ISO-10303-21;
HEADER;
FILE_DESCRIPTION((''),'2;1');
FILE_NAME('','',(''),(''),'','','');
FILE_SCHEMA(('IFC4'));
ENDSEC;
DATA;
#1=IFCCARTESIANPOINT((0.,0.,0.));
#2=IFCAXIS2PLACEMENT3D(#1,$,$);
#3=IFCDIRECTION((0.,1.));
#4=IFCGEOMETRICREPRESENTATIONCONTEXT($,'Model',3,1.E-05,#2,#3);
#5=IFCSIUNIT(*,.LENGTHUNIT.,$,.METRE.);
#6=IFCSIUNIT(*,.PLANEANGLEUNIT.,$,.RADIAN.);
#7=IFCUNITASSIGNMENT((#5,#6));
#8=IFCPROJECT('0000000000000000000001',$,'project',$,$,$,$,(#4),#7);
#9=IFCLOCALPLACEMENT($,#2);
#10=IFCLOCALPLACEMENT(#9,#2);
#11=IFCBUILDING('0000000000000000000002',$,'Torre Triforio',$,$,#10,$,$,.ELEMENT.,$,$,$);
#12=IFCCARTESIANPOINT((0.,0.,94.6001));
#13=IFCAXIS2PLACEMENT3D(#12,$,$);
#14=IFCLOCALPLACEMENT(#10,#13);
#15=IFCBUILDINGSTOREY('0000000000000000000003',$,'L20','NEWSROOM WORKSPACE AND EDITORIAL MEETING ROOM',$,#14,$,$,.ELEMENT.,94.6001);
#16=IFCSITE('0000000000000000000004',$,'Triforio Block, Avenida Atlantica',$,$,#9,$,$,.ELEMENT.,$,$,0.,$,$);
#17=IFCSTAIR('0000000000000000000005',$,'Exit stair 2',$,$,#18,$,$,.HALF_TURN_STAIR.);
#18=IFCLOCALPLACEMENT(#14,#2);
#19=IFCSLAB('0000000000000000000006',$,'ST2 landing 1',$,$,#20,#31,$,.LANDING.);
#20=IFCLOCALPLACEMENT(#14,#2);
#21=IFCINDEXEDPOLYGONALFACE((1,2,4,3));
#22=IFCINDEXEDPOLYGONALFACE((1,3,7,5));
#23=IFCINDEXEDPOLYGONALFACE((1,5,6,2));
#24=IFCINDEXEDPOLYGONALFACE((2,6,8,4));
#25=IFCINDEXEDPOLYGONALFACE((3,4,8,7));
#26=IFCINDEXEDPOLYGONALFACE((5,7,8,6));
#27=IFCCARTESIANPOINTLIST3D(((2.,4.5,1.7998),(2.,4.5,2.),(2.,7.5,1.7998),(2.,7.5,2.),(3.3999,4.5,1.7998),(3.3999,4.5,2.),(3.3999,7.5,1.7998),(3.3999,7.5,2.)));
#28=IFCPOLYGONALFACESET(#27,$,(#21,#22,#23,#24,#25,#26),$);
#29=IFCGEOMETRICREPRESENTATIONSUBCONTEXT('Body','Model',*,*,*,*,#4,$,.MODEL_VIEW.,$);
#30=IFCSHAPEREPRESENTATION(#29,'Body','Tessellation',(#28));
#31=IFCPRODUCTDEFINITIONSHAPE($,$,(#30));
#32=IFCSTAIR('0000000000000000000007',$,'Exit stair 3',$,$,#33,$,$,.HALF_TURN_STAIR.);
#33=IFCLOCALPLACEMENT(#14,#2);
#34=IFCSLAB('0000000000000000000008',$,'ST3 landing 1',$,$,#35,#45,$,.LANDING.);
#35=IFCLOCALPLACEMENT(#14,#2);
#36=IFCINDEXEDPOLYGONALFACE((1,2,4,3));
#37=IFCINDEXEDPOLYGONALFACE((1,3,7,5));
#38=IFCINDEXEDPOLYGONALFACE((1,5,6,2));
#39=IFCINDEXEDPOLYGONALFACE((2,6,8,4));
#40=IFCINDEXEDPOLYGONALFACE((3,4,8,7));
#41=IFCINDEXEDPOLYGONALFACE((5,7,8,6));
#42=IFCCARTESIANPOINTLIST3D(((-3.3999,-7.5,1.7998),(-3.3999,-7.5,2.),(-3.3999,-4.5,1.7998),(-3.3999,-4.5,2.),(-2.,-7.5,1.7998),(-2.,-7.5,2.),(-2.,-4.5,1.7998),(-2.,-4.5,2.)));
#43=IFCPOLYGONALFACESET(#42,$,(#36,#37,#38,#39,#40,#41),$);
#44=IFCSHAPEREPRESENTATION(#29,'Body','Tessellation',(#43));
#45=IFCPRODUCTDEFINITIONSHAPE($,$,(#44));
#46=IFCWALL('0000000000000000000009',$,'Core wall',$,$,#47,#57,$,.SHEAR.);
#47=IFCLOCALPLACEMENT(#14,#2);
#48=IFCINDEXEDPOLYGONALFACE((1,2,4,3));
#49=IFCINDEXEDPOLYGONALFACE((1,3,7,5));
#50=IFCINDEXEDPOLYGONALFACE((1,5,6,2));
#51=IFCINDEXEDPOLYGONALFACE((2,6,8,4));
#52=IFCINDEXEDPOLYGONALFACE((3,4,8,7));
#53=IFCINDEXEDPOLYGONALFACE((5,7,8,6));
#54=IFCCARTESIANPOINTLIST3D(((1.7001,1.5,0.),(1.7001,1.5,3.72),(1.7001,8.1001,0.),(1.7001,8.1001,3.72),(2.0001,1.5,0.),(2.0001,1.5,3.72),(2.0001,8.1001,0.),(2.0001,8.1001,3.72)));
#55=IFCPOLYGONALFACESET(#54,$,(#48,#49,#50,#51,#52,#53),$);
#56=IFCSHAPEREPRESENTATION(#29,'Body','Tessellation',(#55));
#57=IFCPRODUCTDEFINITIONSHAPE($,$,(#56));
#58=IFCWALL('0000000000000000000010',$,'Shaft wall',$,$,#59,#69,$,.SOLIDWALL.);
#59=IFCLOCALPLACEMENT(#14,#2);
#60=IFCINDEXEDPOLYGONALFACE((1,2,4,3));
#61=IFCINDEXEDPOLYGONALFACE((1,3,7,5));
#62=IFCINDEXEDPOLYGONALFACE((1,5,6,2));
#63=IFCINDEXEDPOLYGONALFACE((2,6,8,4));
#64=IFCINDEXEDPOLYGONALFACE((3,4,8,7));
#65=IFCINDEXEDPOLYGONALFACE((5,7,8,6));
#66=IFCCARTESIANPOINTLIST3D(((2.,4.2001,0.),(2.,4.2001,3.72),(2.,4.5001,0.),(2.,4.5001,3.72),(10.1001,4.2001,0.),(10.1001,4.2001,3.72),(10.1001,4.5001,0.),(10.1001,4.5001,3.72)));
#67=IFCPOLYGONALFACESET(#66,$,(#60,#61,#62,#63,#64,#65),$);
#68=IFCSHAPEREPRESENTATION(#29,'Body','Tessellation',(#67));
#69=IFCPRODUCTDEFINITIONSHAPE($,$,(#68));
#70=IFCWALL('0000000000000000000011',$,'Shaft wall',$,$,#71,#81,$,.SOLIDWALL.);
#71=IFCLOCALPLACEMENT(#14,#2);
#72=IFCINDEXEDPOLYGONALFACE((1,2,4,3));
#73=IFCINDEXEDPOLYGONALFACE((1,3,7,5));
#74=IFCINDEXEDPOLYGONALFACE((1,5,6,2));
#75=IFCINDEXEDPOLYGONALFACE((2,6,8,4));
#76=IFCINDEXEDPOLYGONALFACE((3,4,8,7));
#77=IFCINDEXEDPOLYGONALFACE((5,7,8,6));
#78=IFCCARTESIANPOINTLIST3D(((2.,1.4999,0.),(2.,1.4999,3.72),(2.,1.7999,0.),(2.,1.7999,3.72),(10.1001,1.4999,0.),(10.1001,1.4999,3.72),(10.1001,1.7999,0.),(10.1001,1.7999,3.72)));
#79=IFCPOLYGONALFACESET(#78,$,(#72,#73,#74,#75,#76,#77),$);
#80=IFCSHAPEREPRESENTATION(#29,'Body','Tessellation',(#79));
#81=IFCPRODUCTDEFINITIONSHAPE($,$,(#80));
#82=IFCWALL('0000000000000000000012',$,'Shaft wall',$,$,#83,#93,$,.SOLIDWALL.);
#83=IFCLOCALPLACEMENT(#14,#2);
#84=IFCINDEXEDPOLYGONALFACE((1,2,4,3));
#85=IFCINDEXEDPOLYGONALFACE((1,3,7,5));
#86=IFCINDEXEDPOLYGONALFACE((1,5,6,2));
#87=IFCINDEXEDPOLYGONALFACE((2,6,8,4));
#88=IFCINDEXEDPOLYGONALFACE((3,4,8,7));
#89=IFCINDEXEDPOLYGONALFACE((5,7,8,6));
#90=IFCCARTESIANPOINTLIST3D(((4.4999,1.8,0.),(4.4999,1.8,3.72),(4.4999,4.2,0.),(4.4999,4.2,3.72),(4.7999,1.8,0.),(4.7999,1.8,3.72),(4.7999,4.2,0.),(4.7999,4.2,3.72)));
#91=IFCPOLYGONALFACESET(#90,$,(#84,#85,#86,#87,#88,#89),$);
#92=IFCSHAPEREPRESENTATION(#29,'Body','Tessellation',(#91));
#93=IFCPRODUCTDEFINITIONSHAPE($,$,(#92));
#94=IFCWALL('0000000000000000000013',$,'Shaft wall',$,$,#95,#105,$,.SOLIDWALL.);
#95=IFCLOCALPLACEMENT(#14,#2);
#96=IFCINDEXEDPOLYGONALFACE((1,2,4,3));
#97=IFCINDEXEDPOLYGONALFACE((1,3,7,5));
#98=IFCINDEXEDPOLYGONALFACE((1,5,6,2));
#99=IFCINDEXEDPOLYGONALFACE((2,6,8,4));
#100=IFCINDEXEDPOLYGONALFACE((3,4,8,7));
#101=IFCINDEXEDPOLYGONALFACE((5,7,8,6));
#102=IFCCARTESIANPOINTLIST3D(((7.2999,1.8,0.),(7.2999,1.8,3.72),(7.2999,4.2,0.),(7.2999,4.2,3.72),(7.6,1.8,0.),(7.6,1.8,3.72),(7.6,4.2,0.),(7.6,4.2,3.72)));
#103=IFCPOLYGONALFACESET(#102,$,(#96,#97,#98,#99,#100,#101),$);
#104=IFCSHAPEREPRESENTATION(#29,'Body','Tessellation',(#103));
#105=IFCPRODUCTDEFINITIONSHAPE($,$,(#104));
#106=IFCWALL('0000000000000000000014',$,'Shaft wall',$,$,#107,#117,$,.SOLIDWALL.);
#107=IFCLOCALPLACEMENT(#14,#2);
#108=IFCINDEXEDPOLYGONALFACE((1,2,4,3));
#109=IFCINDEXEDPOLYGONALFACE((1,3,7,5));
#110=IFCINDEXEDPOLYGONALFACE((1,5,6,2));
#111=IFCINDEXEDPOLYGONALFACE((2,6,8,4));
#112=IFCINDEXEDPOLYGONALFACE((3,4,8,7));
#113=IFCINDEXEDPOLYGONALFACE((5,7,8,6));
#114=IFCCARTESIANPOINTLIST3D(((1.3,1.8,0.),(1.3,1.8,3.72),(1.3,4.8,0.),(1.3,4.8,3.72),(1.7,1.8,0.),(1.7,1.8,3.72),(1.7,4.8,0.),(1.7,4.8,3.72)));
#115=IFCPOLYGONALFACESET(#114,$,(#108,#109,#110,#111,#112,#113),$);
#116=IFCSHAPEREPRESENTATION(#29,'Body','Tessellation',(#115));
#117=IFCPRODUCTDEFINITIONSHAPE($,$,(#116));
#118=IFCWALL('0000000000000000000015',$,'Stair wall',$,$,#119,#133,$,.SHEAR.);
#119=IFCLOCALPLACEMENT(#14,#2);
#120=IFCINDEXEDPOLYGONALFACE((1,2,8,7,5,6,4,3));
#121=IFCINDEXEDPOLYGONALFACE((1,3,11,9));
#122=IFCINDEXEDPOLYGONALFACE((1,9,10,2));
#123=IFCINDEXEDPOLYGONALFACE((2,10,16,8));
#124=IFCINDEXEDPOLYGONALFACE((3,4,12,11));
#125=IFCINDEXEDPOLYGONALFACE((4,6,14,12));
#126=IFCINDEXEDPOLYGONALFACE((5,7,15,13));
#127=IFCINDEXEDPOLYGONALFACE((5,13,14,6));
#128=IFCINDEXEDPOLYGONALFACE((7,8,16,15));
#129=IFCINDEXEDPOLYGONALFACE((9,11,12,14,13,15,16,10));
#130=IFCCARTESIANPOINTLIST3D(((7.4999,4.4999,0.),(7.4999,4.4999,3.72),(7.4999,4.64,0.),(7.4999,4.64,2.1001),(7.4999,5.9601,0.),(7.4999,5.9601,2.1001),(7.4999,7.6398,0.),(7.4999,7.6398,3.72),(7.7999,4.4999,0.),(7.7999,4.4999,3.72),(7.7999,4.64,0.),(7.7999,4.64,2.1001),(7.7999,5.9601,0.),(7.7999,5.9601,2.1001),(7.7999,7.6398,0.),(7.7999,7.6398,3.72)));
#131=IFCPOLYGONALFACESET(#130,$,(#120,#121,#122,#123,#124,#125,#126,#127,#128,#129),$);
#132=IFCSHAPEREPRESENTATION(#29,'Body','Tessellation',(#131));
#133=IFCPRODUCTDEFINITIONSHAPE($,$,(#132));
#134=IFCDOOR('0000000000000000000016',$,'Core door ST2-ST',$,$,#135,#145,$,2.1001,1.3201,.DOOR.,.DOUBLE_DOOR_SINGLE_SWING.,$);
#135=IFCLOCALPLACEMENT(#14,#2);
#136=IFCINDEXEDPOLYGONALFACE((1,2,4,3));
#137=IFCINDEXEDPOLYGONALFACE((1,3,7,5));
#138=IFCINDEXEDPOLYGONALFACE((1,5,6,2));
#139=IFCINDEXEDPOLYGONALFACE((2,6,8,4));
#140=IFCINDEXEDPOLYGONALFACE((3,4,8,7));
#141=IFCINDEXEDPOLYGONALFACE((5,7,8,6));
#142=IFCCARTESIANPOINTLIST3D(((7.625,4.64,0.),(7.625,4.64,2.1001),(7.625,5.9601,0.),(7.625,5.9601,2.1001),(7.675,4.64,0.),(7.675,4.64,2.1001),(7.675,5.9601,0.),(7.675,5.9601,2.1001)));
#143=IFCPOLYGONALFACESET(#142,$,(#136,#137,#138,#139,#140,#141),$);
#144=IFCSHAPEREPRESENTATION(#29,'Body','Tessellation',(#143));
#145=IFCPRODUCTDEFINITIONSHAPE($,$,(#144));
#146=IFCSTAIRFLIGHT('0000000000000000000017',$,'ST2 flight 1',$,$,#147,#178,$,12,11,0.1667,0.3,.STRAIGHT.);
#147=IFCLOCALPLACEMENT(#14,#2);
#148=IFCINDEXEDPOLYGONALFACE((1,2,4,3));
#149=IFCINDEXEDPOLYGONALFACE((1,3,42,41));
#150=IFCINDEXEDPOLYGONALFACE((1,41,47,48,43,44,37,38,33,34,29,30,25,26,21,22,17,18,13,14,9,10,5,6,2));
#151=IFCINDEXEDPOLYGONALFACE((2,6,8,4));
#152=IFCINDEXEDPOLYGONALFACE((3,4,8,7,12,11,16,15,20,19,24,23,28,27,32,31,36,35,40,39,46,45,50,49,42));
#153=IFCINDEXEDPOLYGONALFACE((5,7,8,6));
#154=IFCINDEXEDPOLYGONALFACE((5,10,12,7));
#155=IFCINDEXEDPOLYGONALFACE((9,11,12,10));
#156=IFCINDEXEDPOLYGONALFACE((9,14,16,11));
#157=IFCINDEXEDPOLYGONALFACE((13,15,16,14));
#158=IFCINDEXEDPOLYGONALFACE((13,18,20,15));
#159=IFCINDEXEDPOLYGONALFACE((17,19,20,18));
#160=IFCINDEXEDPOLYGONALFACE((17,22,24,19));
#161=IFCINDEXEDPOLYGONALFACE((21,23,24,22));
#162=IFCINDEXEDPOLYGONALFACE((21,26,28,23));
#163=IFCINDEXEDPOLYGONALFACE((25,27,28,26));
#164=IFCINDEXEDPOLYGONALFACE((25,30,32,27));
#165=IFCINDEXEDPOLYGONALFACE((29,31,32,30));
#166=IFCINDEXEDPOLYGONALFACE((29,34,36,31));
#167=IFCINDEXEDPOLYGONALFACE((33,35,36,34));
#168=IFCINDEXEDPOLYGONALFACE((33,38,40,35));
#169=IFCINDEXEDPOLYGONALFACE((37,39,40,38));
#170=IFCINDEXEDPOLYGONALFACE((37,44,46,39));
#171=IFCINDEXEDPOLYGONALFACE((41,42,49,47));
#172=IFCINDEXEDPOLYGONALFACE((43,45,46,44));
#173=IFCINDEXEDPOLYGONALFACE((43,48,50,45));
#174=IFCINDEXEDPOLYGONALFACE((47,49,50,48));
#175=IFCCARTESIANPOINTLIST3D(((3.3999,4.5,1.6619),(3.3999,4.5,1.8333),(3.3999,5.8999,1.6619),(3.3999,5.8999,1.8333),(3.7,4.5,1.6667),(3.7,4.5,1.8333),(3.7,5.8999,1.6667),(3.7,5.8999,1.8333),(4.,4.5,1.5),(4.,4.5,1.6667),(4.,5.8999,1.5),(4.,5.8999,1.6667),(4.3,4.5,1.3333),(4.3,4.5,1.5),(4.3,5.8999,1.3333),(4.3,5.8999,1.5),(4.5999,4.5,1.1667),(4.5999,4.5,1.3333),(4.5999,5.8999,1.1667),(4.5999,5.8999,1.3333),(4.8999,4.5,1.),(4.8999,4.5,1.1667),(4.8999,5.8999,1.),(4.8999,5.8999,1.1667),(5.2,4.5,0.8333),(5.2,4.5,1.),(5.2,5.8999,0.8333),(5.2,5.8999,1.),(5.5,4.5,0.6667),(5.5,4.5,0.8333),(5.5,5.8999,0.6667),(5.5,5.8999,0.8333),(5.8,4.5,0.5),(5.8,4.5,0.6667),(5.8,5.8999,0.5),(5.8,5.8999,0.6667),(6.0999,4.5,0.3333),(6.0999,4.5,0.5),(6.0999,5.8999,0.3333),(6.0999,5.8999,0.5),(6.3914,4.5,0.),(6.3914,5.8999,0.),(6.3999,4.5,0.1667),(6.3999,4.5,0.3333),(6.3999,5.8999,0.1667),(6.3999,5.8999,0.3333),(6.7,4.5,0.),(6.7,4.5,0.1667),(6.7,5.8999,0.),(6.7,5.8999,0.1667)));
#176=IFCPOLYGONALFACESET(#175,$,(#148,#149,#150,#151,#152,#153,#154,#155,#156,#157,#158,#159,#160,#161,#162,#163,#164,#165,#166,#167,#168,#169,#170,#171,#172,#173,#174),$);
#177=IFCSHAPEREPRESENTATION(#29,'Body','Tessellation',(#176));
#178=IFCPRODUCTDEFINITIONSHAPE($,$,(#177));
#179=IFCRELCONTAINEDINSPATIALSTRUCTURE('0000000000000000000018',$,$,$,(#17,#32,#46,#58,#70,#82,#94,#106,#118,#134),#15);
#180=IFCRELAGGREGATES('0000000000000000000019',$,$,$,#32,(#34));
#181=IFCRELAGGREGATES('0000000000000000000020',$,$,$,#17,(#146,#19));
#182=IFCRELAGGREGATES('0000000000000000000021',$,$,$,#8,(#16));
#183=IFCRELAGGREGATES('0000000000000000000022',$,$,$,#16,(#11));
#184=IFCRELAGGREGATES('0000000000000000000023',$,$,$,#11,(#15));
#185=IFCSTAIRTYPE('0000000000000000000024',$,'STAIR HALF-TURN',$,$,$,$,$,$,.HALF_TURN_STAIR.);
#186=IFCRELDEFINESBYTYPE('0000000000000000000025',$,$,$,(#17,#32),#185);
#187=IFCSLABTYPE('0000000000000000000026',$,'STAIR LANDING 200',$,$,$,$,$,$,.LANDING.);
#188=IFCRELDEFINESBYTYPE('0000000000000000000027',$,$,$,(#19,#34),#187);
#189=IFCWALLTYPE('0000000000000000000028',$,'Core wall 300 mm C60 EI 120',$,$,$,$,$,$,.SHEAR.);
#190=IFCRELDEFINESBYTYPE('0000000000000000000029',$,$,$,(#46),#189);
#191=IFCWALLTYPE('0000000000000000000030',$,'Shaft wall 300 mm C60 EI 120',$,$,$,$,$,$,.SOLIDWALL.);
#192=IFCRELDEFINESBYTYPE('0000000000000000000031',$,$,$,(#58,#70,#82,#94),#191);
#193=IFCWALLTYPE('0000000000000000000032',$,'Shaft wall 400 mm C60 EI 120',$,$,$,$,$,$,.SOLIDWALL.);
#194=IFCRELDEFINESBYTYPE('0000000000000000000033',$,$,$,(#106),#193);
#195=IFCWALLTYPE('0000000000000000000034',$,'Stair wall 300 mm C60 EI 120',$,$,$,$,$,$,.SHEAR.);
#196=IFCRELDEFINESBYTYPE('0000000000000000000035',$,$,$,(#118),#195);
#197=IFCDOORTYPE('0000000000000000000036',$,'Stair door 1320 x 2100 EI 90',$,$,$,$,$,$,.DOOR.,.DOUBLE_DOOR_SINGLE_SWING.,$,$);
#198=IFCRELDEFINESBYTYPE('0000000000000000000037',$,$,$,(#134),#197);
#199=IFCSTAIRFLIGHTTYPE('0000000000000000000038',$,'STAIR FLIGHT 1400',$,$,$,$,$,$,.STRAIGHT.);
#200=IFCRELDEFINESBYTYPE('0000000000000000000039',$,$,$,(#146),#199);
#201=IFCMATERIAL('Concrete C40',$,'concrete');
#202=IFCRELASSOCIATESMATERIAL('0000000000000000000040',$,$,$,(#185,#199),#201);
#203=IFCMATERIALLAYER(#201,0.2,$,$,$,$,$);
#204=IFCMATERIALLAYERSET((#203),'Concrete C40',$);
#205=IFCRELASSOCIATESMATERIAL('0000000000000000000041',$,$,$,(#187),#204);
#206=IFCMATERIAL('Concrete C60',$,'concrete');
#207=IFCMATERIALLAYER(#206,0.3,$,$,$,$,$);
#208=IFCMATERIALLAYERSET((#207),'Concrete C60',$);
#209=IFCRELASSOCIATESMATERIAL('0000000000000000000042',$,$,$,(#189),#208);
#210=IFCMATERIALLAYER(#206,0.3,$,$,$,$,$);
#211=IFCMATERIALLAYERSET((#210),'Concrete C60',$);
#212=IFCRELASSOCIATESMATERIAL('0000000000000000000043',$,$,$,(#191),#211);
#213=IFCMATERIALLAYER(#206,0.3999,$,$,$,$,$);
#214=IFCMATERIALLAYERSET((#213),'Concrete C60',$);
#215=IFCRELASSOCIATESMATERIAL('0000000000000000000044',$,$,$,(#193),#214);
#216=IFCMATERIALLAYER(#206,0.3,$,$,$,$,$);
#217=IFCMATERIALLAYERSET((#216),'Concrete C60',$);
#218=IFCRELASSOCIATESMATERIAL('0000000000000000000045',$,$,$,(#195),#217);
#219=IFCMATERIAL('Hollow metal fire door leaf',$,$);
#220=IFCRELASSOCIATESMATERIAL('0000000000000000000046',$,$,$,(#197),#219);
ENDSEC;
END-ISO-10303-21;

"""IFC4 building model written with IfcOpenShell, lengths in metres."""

from ifc_helpers import new_model, si_unit, direction, frame, frame_2d, origin, place, context, subcontext, project, spatial, polyline, rectangle, outline, extrude, material, layer, layer_set, type_object, element, fill, aggregate, save


model = new_model("IFC4")

# Units and contexts
model_context = context("Model", 3, precision=1e-05, world=origin(), true_north=direction((0.0, 1.0)))
body_context = subcontext(model_context, "Body", "Model", "MODEL_VIEW")
ifc_project = project(units=[si_unit("LENGTHUNIT", "METRE"), si_unit("PLANEANGLEUNIT", "RADIAN")], contexts=[model_context])

# Site, building, storey
site_placement = place(None, origin())
site = spatial("IfcSite", under=ifc_project, at=site_placement, Name="Triforio Block, Avenida Atlantica", CompositionType="ELEMENT", RefElevation=0.0)
building_placement = place(site_placement, origin())
building = spatial("IfcBuilding", under=site, at=building_placement, Name="Torre Triforio", CompositionType="ELEMENT")
storey_placement = place(building_placement, frame((0.0, 0.0, 94.6001)))
storey = spatial("IfcBuildingStorey", under=building, at=storey_placement, Name="L20", Description="NEWSROOM WORKSPACE AND EDITORIAL MEETING ROOM", CompositionType="ELEMENT", Elevation=94.6001)

# Stairs, slabs
ifc_material_1 = material(Name="Concrete C40", Category="concrete")
stair_type = type_object("IfcStairType", Name="STAIR HALF-TURN", PredefinedType="HALF_TURN_STAIR", material=ifc_material_1)
stair_1_placement = place(storey_placement, origin())
stair_1 = element("IfcStair", 1, at=stair_1_placement, inside=storey, type_object=stair_type, Name="Exit stair 2", PredefinedType="HALF_TURN_STAIR")
ifc_layer_1 = layer(ifc_material_1, 0.2)
ifc_layer_set_1 = layer_set([ifc_layer_1], Name="Concrete C40")
slab_type = type_object("IfcSlabType", Name="STAIR LANDING 200", PredefinedType="LANDING", material=ifc_layer_set_1)
slab_1_placement = place(storey_placement, frame((0.0, 0.0, 1.7998)))
slab_1 = element("IfcSlab", 2, at=slab_1_placement, type_object=slab_type, Name="ST2 landing 1", PredefinedType="LANDING", context=body_context, shape_type="SweptSolid", body=[
    extrude(outline(polyline([(3.3999, 4.5), (3.3999, 7.5), (2.0, 7.5), (2.0, 4.5), (3.3999, 4.5)])), origin(), (0.0, 0.0, 1.0), 0.2002),
])
stair_2_placement = place(storey_placement, origin())
stair_2 = element("IfcStair", 3, at=stair_2_placement, inside=storey, type_object=stair_type, Name="Exit stair 3", PredefinedType="HALF_TURN_STAIR")
slab_2_placement = place(storey_placement, frame((0.0, 0.0, 1.7998)))
slab_2 = element("IfcSlab", 4, at=slab_2_placement, type_object=slab_type, Name="ST3 landing 1", PredefinedType="LANDING", context=body_context, shape_type="SweptSolid", body=[
    extrude(outline(polyline([(-2.0, -7.5), (-2.0, -4.5), (-3.3999, -4.5), (-3.3999, -7.5), (-2.0, -7.5)])), origin(), (0.0, 0.0, 1.0), 0.2002),
])
aggregate(stair_2, [slab_2])

# Walls
ifc_material_2 = material(Name="Concrete C60", Category="concrete")
ifc_layer_2 = layer(ifc_material_2, 0.3)
ifc_layer_set_2 = layer_set([ifc_layer_2], Name="Concrete C60")
wall_type_1 = type_object("IfcWallType", Name="Core wall 300 mm C60 EI 120", PredefinedType="SHEAR", material=ifc_layer_set_2)
wall_1_placement = place(storey_placement, frame((1.8501, 1.5, 0.0), z_axis=(0.0, 0.0, 1.0), x_axis=(0.0, 1.0, 0.0)))
element("IfcWall", 5, at=wall_1_placement, inside=storey, type_object=wall_type_1, Name="Core wall", PredefinedType="SHEAR", context=body_context, shape_type="SweptSolid", body=[
    extrude(rectangle(XDim=6.6001, YDim=0.3, at=frame_2d((3.3, 0.0))), origin(), (0.0, 0.0, 1.0), 3.72),
])
ifc_layer_3 = layer(ifc_material_2, 0.3)
ifc_layer_set_3 = layer_set([ifc_layer_3], Name="Concrete C60")
wall_type_2 = type_object("IfcWallType", Name="Shaft wall 300 mm C60 EI 120", PredefinedType="SOLIDWALL", material=ifc_layer_set_3)
for number, where, z_axis, x_axis, name in (
    (6, (2.0, 4.3501, 0.0), (0.0, 0.0, 1.0), (1.0, 0.0, 0.0), "Shaft wall"),
    (7, (2.0, 1.6499, 0.0), (0.0, 0.0, 1.0), (1.0, 0.0, 0.0), "Shaft wall"),
):
    element("IfcWall", number, at=place(storey_placement, frame(where, z_axis=z_axis, x_axis=x_axis)), inside=storey, type_object=wall_type_2, Name=name, PredefinedType="SOLIDWALL", context=body_context, shape_type="SweptSolid", body=[
        extrude(rectangle(XDim=8.1001, YDim=0.3, at=frame_2d((4.05, 0.0))), origin(), (0.0, 0.0, 1.0), 3.72),
    ])
for number, where, z_axis, x_axis, name in (
    (8, (4.6499, 1.8, 0.0), (0.0, 0.0, 1.0), (0.0, 1.0, 0.0), "Shaft wall"),
    (9, (7.45, 1.8, 0.0), (0.0, 0.0, 1.0), (0.0, 1.0, 0.0), "Shaft wall"),
):
    element("IfcWall", number, at=place(storey_placement, frame(where, z_axis=z_axis, x_axis=x_axis)), inside=storey, type_object=wall_type_2, Name=name, PredefinedType="SOLIDWALL", context=body_context, shape_type="SweptSolid", body=[
        extrude(rectangle(XDim=2.3999, YDim=0.3, at=frame_2d((1.2, 0.0))), origin(), (0.0, 0.0, 1.0), 3.72),
    ])
ifc_layer_4 = layer(ifc_material_2, 0.3999)
ifc_layer_set_4 = layer_set([ifc_layer_4], Name="Concrete C60")
wall_type_3 = type_object("IfcWallType", Name="Shaft wall 400 mm C60 EI 120", PredefinedType="SOLIDWALL", material=ifc_layer_set_4)
wall_2_placement = place(storey_placement, frame((1.5, 1.8, 0.0), z_axis=(0.0, 0.0, 1.0), x_axis=(0.0, 1.0, 0.0)))
element("IfcWall", 10, at=wall_2_placement, inside=storey, type_object=wall_type_3, Name="Shaft wall", PredefinedType="SOLIDWALL", context=body_context, shape_type="SweptSolid", body=[
    extrude(rectangle(XDim=3.0, YDim=0.3999, at=frame_2d((1.5, 0.0))), origin(), (0.0, 0.0, 1.0), 3.72),
])

# Wall, opening, door
ifc_layer_5 = layer(ifc_material_2, 0.3)
ifc_layer_set_5 = layer_set([ifc_layer_5], Name="Concrete C60")
wall_type_4 = type_object("IfcWallType", Name="Stair wall 300 mm C60 EI 120", PredefinedType="SHEAR", material=ifc_layer_set_5)
wall_3_placement = place(storey_placement, frame((7.6499, 4.5, 0.0), z_axis=(0.0, 0.0, 1.0), x_axis=(0.0, 1.0, 0.0)))
wall_3 = element("IfcWall", 11, at=wall_3_placement, inside=storey, type_object=wall_type_4, Name="Stair wall", PredefinedType="SHEAR", context=body_context, shape_type="SweptSolid", body=[
    extrude(rectangle(XDim=3.1399, YDim=0.3, at=frame_2d((1.5698, 0.0))), origin(), (0.0, 0.0, 1.0), 3.72),
])
opening_placement = place(wall_3_placement, frame((0.1399, 0.0, 0.0)))
opening = element("IfcOpeningElement", 12, at=opening_placement, cuts=wall_3, PredefinedType="OPENING", context=body_context, shape_type="SweptSolid", body=[
    extrude(rectangle(XDim=1.3201, YDim=2.1001, at=frame_2d((0.6602, 1.05))), frame((0.0, 0.1599, 0.0), z_axis=(0.0, -1.0, 0.0), x_axis=(1.0, 0.0, 0.0)), (0.0, 0.0, 1.0), 0.3201),
])
ifc_material_3 = material(Name="Hollow metal fire door leaf")
door_type = type_object("IfcDoorType", Name="Stair door 1320 x 2100 EI 90", OperationType="DOUBLE_DOOR_SINGLE_SWING", PredefinedType="DOOR", material=ifc_material_3)
door_placement = place(opening_placement, origin())
door = element("IfcDoor", 13, at=door_placement, inside=storey, type_object=door_type, Name="Core door ST2-ST", OperationType="DOUBLE_DOOR_SINGLE_SWING", OverallHeight=2.1001, OverallWidth=1.3201, PredefinedType="DOOR", context=body_context, shape_type="SweptSolid", body=[
    extrude(rectangle(XDim=1.3201, YDim=2.1001, at=frame_2d((0.6602, 1.05))), frame((0.0, 0.0249, 0.0), z_axis=(0.0, -1.0, 0.0), x_axis=(1.0, 0.0, 0.0)), (0.0, 0.0, 1.0), 0.05),
])
fill(opening, door)

# Stair flight
stair_flight_type = type_object("IfcStairFlightType", Name="STAIR FLIGHT 1400", PredefinedType="STRAIGHT", material=ifc_material_1)
stair_flight_1_placement = place(storey_placement, frame((6.7, 5.2, 0.0), z_axis=(0.0, 0.0, 1.0), x_axis=(-1.0, 0.0, 0.0)))
stair_flight_1 = element("IfcStairFlight", 14, at=stair_flight_1_placement, type_object=stair_flight_type, Name="ST2 flight 1", NumberOfRisers=12, NumberOfTreads=11, PredefinedType="STRAIGHT", RiserHeight=0.1667, TreadLength=0.3, context=body_context, shape_type="SweptSolid", body=[
    extrude(outline(polyline([(0.0, 0.0), (0.0, 0.1667), (0.3, 0.1667), (0.3, 0.3333), (0.6001, 0.3333), (0.6001, 0.5), (0.8999, 0.5), (0.8999, 0.6667), (1.2, 0.6667), (1.2, 0.8333), (1.5, 0.8333), (1.5, 1.0), (1.8, 1.0), (1.8, 1.1667), (2.1001, 1.1667), (2.1001, 1.3333), (2.3999, 1.3333), (2.3999, 1.5), (2.7, 1.5), (2.7, 1.6667), (3.0, 1.6667), (3.0, 1.8333), (3.3, 1.8333), (3.3, 2.0), (3.3, 1.6619), (0.3086, 0.0), (0.0, 0.0)])), frame((0.0, 0.7, 0.0), z_axis=(0.0, -1.0, 0.0), x_axis=(1.0, 0.0, 0.0)), (0.0, 0.0, 1.0), 1.3999),
])
aggregate(stair_1, [stair_flight_1, slab_1])

save(model, "model.ifc")
